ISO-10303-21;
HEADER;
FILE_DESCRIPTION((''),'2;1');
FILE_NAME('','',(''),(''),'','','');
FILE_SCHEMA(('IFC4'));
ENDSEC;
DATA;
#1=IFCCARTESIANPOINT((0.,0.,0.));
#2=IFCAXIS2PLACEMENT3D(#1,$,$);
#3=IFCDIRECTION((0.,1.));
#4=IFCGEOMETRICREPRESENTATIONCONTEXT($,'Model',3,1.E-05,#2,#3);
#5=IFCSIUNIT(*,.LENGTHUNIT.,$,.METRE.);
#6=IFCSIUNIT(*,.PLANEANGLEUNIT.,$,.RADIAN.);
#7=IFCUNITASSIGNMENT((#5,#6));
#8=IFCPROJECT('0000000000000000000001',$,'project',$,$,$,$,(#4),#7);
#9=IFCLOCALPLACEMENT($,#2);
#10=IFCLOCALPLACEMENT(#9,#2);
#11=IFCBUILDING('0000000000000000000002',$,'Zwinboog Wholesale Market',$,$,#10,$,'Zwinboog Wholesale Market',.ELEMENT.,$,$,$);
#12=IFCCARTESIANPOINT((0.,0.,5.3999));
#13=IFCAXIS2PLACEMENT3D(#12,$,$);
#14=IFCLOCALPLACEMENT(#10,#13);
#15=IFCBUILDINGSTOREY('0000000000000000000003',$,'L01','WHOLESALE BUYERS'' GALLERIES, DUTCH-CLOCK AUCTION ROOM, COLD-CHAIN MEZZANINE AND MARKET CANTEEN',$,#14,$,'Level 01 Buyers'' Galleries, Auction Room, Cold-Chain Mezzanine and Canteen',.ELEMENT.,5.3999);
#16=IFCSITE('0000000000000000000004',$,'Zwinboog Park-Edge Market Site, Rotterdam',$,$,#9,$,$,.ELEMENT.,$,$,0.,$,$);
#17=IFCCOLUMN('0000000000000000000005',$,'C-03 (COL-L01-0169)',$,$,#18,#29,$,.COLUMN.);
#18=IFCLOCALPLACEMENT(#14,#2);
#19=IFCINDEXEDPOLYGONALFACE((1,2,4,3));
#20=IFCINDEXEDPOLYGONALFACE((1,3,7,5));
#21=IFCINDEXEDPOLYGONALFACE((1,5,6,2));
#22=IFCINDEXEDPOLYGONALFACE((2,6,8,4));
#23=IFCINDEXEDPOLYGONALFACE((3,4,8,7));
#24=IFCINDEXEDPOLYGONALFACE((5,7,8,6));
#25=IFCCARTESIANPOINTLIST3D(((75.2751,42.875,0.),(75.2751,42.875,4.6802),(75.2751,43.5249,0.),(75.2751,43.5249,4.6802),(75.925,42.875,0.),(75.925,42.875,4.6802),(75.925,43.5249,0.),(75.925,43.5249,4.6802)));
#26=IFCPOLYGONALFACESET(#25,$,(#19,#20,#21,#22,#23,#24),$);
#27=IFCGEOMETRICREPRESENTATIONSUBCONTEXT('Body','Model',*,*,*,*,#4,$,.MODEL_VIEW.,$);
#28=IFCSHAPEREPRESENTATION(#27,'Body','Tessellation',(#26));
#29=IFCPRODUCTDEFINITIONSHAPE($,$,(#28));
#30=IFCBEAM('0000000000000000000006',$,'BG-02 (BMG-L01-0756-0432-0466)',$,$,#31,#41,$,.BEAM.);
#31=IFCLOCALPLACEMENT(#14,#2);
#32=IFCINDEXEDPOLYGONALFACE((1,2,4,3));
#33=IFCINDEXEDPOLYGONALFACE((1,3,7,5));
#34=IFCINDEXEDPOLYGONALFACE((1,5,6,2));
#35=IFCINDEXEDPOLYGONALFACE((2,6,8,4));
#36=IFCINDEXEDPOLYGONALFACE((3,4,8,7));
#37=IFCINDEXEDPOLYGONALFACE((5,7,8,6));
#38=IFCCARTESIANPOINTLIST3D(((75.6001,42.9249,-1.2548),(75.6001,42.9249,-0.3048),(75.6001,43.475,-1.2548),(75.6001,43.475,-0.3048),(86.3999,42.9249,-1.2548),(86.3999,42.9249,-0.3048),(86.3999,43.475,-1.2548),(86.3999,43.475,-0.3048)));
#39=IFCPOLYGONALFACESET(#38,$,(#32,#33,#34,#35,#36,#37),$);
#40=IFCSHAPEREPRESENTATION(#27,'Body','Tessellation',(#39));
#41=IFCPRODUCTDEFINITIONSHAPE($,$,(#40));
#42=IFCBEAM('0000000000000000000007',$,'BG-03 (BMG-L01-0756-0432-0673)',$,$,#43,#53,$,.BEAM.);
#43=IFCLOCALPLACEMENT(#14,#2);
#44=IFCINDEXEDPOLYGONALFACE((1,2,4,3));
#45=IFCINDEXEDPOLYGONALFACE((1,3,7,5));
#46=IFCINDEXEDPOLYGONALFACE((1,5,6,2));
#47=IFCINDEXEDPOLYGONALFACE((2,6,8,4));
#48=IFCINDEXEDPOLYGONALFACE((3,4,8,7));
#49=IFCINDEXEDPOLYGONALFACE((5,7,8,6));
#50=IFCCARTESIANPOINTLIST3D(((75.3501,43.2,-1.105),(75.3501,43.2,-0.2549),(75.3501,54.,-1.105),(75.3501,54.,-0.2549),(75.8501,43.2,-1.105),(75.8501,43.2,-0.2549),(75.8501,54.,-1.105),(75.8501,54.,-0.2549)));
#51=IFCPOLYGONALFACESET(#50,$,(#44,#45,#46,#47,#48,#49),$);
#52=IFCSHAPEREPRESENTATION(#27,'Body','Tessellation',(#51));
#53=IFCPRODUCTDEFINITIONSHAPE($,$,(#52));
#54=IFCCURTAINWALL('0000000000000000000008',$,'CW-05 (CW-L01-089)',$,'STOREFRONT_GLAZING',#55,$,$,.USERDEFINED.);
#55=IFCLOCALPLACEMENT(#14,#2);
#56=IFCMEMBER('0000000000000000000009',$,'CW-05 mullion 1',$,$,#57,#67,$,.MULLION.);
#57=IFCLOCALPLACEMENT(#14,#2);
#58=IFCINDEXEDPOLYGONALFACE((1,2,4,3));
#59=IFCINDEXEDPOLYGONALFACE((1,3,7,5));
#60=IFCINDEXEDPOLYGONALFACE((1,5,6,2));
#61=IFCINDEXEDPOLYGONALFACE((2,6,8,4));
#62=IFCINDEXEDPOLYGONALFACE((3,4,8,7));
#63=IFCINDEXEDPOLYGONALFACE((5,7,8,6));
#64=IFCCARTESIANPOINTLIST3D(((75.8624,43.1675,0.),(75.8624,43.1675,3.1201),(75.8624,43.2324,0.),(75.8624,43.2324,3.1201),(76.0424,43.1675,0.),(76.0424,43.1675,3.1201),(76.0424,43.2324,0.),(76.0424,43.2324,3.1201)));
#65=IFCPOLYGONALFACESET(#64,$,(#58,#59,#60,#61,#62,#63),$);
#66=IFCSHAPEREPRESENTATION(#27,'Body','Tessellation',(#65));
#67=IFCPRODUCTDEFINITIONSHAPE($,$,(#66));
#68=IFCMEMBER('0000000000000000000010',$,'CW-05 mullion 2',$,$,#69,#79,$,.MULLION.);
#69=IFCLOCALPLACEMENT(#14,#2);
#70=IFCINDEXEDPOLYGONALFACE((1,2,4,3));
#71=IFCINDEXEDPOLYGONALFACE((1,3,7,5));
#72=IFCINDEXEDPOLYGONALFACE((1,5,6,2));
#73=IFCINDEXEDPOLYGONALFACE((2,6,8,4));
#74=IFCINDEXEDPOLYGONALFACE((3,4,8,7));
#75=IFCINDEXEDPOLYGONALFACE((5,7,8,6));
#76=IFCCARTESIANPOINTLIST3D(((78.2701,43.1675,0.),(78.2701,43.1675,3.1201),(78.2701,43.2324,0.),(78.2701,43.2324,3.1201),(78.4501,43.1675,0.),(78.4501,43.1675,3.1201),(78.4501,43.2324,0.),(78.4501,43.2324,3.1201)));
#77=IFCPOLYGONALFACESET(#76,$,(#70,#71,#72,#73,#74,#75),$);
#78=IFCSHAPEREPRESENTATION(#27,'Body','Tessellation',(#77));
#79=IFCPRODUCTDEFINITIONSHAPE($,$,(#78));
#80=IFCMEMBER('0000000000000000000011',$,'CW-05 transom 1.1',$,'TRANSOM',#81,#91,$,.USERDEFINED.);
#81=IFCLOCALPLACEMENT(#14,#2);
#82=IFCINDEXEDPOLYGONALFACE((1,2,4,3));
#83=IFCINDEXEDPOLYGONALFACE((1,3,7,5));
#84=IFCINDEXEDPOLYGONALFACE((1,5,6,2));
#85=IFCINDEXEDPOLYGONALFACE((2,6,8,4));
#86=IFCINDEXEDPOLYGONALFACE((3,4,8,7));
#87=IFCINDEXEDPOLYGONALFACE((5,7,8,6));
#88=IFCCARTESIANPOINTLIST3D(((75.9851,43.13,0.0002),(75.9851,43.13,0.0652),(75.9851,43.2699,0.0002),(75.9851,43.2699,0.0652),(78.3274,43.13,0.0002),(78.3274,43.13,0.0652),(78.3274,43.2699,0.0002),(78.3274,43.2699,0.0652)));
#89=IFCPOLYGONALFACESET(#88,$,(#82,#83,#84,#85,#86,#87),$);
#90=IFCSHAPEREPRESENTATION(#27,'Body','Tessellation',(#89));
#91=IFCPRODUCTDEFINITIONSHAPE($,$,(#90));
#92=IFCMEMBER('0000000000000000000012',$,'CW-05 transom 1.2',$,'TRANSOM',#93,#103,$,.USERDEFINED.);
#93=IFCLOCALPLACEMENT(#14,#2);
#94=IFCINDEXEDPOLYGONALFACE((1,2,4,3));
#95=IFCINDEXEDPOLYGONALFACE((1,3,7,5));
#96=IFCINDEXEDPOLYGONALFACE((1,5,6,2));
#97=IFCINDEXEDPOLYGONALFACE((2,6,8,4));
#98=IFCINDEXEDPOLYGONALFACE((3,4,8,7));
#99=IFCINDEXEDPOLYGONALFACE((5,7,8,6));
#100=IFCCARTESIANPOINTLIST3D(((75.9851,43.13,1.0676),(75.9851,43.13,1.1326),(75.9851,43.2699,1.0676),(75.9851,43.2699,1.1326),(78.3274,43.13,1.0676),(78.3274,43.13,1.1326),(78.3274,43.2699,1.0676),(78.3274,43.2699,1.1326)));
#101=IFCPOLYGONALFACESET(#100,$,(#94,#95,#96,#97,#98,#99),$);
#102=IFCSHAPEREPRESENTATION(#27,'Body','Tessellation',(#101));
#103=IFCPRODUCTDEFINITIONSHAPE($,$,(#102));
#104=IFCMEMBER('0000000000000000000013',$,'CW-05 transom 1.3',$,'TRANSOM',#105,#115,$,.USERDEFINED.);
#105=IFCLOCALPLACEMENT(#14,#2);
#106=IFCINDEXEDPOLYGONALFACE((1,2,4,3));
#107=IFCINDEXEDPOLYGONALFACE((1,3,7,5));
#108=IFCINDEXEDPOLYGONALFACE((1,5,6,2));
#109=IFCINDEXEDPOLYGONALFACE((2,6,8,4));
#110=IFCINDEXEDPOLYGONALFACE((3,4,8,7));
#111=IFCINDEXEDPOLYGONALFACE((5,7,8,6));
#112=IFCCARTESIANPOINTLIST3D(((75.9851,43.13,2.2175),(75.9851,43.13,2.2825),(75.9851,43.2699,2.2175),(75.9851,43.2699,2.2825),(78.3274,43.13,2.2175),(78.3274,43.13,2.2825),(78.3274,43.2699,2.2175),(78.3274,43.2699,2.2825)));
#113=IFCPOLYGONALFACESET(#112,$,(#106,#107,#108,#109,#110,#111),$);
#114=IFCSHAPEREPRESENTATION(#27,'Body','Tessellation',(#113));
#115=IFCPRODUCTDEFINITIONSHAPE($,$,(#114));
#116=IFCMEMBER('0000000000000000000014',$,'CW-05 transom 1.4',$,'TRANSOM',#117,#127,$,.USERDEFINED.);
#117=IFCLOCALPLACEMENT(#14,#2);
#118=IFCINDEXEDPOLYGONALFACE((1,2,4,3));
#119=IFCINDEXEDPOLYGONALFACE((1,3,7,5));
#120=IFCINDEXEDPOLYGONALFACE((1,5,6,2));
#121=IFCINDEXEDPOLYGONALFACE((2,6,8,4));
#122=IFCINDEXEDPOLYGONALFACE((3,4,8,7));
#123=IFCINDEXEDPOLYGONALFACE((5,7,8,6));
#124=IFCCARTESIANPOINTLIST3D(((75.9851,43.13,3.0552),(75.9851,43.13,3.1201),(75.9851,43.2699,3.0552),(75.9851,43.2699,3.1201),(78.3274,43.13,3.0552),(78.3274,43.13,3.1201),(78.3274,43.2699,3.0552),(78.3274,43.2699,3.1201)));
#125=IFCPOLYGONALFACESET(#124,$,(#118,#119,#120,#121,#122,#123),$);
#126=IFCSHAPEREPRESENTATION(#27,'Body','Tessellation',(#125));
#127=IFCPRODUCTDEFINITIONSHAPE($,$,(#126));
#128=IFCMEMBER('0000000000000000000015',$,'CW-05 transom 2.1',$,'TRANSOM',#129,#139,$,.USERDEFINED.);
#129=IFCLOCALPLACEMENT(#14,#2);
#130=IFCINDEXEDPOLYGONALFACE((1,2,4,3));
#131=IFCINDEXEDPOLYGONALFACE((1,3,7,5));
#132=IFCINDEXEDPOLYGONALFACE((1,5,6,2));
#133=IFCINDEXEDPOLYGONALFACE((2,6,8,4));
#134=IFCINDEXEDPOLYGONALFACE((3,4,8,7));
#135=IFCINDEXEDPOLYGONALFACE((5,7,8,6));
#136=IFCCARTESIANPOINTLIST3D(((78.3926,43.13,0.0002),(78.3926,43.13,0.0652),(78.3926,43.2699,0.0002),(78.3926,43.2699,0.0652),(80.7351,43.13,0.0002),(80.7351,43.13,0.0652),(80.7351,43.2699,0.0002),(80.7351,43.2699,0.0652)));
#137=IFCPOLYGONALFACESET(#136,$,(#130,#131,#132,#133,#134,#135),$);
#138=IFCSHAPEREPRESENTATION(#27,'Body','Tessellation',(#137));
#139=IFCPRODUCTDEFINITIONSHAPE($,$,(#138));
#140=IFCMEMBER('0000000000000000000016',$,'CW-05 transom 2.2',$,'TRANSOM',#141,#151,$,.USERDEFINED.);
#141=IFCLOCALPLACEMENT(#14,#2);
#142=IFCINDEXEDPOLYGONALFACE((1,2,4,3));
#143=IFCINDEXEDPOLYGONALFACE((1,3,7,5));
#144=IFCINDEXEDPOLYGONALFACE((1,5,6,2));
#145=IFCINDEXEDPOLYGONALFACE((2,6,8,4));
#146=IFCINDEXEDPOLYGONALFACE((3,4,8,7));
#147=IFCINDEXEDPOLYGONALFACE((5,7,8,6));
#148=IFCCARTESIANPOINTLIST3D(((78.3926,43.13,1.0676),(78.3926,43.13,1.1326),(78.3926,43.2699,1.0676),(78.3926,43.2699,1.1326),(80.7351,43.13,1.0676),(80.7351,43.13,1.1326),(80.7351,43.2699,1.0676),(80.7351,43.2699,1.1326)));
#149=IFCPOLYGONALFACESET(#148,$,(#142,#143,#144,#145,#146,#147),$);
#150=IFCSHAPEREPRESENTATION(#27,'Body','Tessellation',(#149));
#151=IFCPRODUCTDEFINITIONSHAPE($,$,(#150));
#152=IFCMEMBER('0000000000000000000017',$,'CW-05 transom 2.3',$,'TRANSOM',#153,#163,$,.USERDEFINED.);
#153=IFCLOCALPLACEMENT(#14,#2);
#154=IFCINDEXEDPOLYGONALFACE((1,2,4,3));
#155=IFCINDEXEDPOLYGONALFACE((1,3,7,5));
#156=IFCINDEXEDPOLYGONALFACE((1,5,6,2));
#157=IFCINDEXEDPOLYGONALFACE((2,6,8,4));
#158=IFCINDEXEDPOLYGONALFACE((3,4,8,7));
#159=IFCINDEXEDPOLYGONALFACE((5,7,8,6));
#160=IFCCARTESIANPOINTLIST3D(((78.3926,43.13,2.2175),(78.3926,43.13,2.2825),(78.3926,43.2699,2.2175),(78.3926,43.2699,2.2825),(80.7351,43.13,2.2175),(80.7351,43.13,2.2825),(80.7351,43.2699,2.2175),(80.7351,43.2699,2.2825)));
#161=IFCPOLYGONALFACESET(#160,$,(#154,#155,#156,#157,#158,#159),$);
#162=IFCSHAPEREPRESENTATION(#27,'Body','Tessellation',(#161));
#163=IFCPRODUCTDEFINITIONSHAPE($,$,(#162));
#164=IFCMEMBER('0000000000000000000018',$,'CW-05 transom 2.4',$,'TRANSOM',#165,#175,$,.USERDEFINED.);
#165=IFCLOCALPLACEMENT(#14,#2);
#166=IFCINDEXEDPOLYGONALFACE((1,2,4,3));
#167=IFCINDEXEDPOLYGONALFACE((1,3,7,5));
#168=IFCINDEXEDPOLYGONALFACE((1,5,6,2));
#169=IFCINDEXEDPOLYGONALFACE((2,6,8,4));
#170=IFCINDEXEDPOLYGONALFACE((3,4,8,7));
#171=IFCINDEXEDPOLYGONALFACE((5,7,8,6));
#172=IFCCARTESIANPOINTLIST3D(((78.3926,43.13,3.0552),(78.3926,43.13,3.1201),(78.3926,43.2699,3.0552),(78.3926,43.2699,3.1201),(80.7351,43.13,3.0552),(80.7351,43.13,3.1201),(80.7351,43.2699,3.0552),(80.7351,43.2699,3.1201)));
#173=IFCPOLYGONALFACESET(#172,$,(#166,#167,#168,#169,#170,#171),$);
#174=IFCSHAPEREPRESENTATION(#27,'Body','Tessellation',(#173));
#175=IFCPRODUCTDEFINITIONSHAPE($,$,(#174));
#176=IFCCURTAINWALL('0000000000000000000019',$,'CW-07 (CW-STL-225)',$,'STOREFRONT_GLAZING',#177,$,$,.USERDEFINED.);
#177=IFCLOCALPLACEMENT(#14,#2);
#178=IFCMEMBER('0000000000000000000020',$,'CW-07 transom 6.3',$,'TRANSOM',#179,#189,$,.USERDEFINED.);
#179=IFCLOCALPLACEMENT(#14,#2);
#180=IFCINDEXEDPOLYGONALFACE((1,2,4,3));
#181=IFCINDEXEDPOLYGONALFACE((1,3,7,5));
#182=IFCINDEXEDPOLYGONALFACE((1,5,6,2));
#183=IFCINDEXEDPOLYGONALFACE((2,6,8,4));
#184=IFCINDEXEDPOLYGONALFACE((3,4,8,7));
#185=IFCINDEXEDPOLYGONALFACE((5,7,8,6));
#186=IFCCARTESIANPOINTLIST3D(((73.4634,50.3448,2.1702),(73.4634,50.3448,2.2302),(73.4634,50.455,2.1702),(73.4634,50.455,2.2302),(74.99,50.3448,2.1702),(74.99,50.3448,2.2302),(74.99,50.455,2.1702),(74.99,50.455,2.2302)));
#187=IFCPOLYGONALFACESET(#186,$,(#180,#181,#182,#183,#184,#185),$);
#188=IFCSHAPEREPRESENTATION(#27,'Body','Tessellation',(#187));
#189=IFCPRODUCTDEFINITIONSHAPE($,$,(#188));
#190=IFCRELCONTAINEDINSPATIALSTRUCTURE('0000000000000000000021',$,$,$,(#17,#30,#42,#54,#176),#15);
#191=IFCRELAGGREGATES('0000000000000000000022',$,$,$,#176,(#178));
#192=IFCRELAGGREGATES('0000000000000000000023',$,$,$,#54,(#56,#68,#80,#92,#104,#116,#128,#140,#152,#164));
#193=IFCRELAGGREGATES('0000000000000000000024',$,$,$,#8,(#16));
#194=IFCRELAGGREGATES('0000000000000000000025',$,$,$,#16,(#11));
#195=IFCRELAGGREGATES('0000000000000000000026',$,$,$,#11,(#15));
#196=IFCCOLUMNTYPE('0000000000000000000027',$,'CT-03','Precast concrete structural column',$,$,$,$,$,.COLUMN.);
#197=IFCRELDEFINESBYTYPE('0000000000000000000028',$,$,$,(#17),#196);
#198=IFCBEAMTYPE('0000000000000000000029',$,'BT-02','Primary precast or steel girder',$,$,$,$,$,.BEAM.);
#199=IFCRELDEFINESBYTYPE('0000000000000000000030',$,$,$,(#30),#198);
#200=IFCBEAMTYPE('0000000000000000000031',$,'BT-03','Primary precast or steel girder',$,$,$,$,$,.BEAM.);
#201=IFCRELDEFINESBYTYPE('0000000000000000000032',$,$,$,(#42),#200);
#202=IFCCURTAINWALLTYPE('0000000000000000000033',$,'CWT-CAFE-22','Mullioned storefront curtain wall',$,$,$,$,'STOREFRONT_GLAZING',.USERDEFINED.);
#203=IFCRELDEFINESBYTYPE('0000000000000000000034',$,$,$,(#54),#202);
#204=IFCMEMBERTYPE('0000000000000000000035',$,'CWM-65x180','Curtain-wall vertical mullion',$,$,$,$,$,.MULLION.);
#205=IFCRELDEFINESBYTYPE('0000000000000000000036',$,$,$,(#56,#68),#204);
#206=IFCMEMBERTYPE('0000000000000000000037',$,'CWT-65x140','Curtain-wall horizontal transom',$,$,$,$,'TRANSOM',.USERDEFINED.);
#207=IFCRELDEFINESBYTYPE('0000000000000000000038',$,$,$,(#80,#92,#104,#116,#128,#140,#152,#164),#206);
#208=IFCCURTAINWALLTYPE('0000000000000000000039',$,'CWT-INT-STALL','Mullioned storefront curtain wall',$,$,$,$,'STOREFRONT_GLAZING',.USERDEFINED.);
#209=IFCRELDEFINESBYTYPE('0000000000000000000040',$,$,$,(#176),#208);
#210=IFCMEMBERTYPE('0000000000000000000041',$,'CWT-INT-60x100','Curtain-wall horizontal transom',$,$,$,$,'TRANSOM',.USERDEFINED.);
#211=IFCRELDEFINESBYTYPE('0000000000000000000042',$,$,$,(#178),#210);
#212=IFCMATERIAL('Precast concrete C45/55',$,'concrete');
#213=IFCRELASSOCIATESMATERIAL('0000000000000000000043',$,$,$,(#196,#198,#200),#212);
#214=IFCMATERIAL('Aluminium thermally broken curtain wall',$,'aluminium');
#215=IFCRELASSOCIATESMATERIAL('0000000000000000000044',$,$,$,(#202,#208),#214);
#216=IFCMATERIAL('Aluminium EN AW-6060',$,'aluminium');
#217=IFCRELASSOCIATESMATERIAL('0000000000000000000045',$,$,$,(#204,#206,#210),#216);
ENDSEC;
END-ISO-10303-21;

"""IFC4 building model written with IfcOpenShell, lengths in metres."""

from ifc_helpers import new_model, si_unit, direction, frame, origin, origin_2d, place, context, subcontext, project, spatial, rectangle, extrude, material, material_profile, profile_set, type_object, element, aggregate, save


model = new_model("IFC4")

# Units and contexts
model_context = context("Model", 3, precision=1e-05, world=origin(), true_north=direction((0.0, 1.0)))
body_context = subcontext(model_context, "Body", "Model", "MODEL_VIEW")
ifc_project = project(units=[si_unit("LENGTHUNIT", "METRE"), si_unit("PLANEANGLEUNIT", "RADIAN")], contexts=[model_context])

# Site, building, storey
site_placement = place(None, origin())
site = spatial("IfcSite", under=ifc_project, at=site_placement, Name="Zwinboog Park-Edge Market Site, Rotterdam", CompositionType="ELEMENT", RefElevation=0.0)
building_placement = place(site_placement, origin())
building = spatial("IfcBuilding", under=site, at=building_placement, Name="Zwinboog Wholesale Market", LongName="Zwinboog Wholesale Market", CompositionType="ELEMENT")
storey_placement = place(building_placement, frame((0.0, 0.0, 5.3999)))
storey = spatial("IfcBuildingStorey", under=building, at=storey_placement, Name="L01", Description="WHOLESALE BUYERS' GALLERIES, DUTCH-CLOCK AUCTION ROOM, COLD-CHAIN MEZZANINE AND MARKET CANTEEN", LongName="Level 01 Buyers' Galleries, Auction Room, Cold-Chain Mezzanine and Canteen", CompositionType="ELEMENT", Elevation=5.3999)

# Column
ifc_material_1 = material(Name="Precast concrete C45/55", Category="concrete")
ifc_material_profile_1 = material_profile(ifc_material_1, rectangle(XDim=0.6499, YDim=0.6499, at=origin_2d()), Name="PC 650x650")
ifc_profile_set_1 = profile_set([ifc_material_profile_1], Name="Precast concrete C45/55")
column_type = type_object("IfcColumnType", Name="CT-03", Description="Precast concrete structural column", PredefinedType="COLUMN", material=ifc_profile_set_1)
column_placement = place(storey_placement, frame((75.6001, 43.2, 0.0), z_axis=(0.0, 0.0, 1.0), x_axis=(1.0, 0.0, 0.0)))
element("IfcColumn", 1, at=column_placement, inside=storey, type_object=column_type, Name="C-03 (COL-L01-0169)", PredefinedType="COLUMN", context=body_context, shape_type="SweptSolid", body=[
    extrude(rectangle(XDim=0.6499, YDim=0.6499, at=origin_2d()), origin(), (0.0, 0.0, 1.0), 4.6802),
])

# Beams
ifc_material_profile_2 = material_profile(ifc_material_1, rectangle(XDim=0.55, YDim=0.95, at=origin_2d()), Name="PC 550x950")
ifc_profile_set_2 = profile_set([ifc_material_profile_2], Name="Precast concrete C45/55")
beam_type_1 = type_object("IfcBeamType", Name="BT-02", Description="Primary precast or steel girder", PredefinedType="BEAM", material=ifc_profile_set_2)
beam_1_placement = place(storey_placement, frame((75.6001, 43.2, -0.7798), z_axis=(1.0, 0.0, 0.0), x_axis=(0.0, 1.0, 0.0)))
element("IfcBeam", 2, at=beam_1_placement, inside=storey, type_object=beam_type_1, Name="BG-02 (BMG-L01-0756-0432-0466)", PredefinedType="BEAM", context=body_context, shape_type="SweptSolid", body=[
    extrude(rectangle(XDim=0.55, YDim=0.95, at=origin_2d()), origin(), (0.0, 0.0, 1.0), 10.7998),
])
ifc_material_profile_3 = material_profile(ifc_material_1, rectangle(XDim=0.5, YDim=0.8501, at=origin_2d()), Name="PC 500x850")
ifc_profile_set_3 = profile_set([ifc_material_profile_3], Name="Precast concrete C45/55")
beam_type_2 = type_object("IfcBeamType", Name="BT-03", Description="Primary precast or steel girder", PredefinedType="BEAM", material=ifc_profile_set_3)
beam_2_placement = place(storey_placement, frame((75.6001, 43.2, -0.6799), z_axis=(0.0, 1.0, 0.0), x_axis=(-1.0, 0.0, 0.0)))
element("IfcBeam", 3, at=beam_2_placement, inside=storey, type_object=beam_type_2, Name="BG-03 (BMG-L01-0756-0432-0673)", PredefinedType="BEAM", context=body_context, shape_type="SweptSolid", body=[
    extrude(rectangle(XDim=0.5, YDim=0.8501, at=origin_2d()), origin(), (0.0, 0.0, 1.0), 10.8),
])

# Curtain wall, members
ifc_material_2 = material(Name="Aluminium thermally broken curtain wall", Category="aluminium")
curtain_wall_type_1 = type_object("IfcCurtainWallType", Name="CWT-CAFE-22", Description="Mullioned storefront curtain wall", ElementType="STOREFRONT_GLAZING", PredefinedType="USERDEFINED", material=ifc_material_2)
curtain_wall_1_placement = place(storey_placement, origin())
curtain_wall_1 = element("IfcCurtainWall", 4, at=curtain_wall_1_placement, inside=storey, type_object=curtain_wall_type_1, Name="CW-05 (CW-L01-089)", ObjectType="STOREFRONT_GLAZING", PredefinedType="USERDEFINED")
ifc_material_3 = material(Name="Aluminium EN AW-6060", Category="aluminium")
ifc_material_profile_4 = material_profile(ifc_material_3, rectangle(XDim=0.0649, YDim=0.1799, at=origin_2d()), Name="AL 65x180")
ifc_profile_set_4 = profile_set([ifc_material_profile_4], Name="Aluminium EN AW-6060")
member_type_1 = type_object("IfcMemberType", Name="CWM-65x180", Description="Curtain-wall vertical mullion", PredefinedType="MULLION", material=ifc_profile_set_4)
member_1_placement = place(storey_placement, frame((75.9524, 43.2, 0.0), z_axis=(0.0, 0.0, 1.0), x_axis=(0.0, 1.0, 0.0)))
member_1 = element("IfcMember", 5, at=member_1_placement, type_object=member_type_1, Name="CW-05 mullion 1", PredefinedType="MULLION", context=body_context, shape_type="SweptSolid", body=[
    extrude(rectangle(XDim=0.0649, YDim=0.1799, at=origin_2d()), origin(), (0.0, 0.0, 1.0), 3.1201),
])
member_2_placement = place(storey_placement, frame((78.3601, 43.2, 0.0), z_axis=(0.0, 0.0, 1.0), x_axis=(0.0, 1.0, 0.0)))
member_2 = element("IfcMember", 6, at=member_2_placement, type_object=member_type_1, Name="CW-05 mullion 2", PredefinedType="MULLION", context=body_context, shape_type="SweptSolid", body=[
    extrude(rectangle(XDim=0.0649, YDim=0.1799, at=origin_2d()), origin(), (0.0, 0.0, 1.0), 3.1201),
])
ifc_material_profile_5 = material_profile(ifc_material_3, rectangle(XDim=0.1399, YDim=0.0649, at=origin_2d()), Name="AL 65x140")
ifc_profile_set_5 = profile_set([ifc_material_profile_5], Name="Aluminium EN AW-6060")
member_type_2 = type_object("IfcMemberType", Name="CWT-65x140", Description="Curtain-wall horizontal transom", ElementType="TRANSOM", PredefinedType="USERDEFINED", material=ifc_profile_set_5)
member_3_placement = place(storey_placement, frame((75.9851, 43.2, 0.0327), z_axis=(1.0, 0.0, 0.0), x_axis=(0.0, 1.0, 0.0)))
member_3 = element("IfcMember", 7, at=member_3_placement, type_object=member_type_2, Name="CW-05 transom 1.1", ObjectType="TRANSOM", PredefinedType="USERDEFINED", context=body_context, shape_type="SweptSolid", body=[
    extrude(rectangle(XDim=0.1399, YDim=0.0649, at=origin_2d()), origin(), (0.0, 0.0, 1.0), 2.3423),
])
member_4_placement = place(storey_placement, frame((75.9851, 43.2, 1.1001), z_axis=(1.0, 0.0, 0.0), x_axis=(0.0, 1.0, 0.0)))
member_4 = element("IfcMember", 8, at=member_4_placement, type_object=member_type_2, Name="CW-05 transom 1.2", ObjectType="TRANSOM", PredefinedType="USERDEFINED", context=body_context, shape_type="SweptSolid", body=[
    extrude(rectangle(XDim=0.1399, YDim=0.0649, at=origin_2d()), origin(), (0.0, 0.0, 1.0), 2.3423),
])
member_5_placement = place(storey_placement, frame((75.9851, 43.2, 2.25), z_axis=(1.0, 0.0, 0.0), x_axis=(0.0, 1.0, 0.0)))
member_5 = element("IfcMember", 9, at=member_5_placement, type_object=member_type_2, Name="CW-05 transom 1.3", ObjectType="TRANSOM", PredefinedType="USERDEFINED", context=body_context, shape_type="SweptSolid", body=[
    extrude(rectangle(XDim=0.1399, YDim=0.0649, at=origin_2d()), origin(), (0.0, 0.0, 1.0), 2.3423),
])
member_6_placement = place(storey_placement, frame((75.9851, 43.2, 3.0876), z_axis=(1.0, 0.0, 0.0), x_axis=(0.0, 1.0, 0.0)))
member_6 = element("IfcMember", 10, at=member_6_placement, type_object=member_type_2, Name="CW-05 transom 1.4", ObjectType="TRANSOM", PredefinedType="USERDEFINED", context=body_context, shape_type="SweptSolid", body=[
    extrude(rectangle(XDim=0.1399, YDim=0.0649, at=origin_2d()), origin(), (0.0, 0.0, 1.0), 2.3423),
])
member_7_placement = place(storey_placement, frame((78.3926, 43.2, 0.0327), z_axis=(1.0, 0.0, 0.0), x_axis=(0.0, 1.0, 0.0)))
member_7 = element("IfcMember", 11, at=member_7_placement, type_object=member_type_2, Name="CW-05 transom 2.1", ObjectType="TRANSOM", PredefinedType="USERDEFINED", context=body_context, shape_type="SweptSolid", body=[
    extrude(rectangle(XDim=0.1399, YDim=0.0649, at=origin_2d()), origin(), (0.0, 0.0, 1.0), 2.3425),
])
member_8_placement = place(storey_placement, frame((78.3926, 43.2, 1.1001), z_axis=(1.0, 0.0, 0.0), x_axis=(0.0, 1.0, 0.0)))
member_8 = element("IfcMember", 12, at=member_8_placement, type_object=member_type_2, Name="CW-05 transom 2.2", ObjectType="TRANSOM", PredefinedType="USERDEFINED", context=body_context, shape_type="SweptSolid", body=[
    extrude(rectangle(XDim=0.1399, YDim=0.0649, at=origin_2d()), origin(), (0.0, 0.0, 1.0), 2.3425),
])
member_9_placement = place(storey_placement, frame((78.3926, 43.2, 2.25), z_axis=(1.0, 0.0, 0.0), x_axis=(0.0, 1.0, 0.0)))
member_9 = element("IfcMember", 13, at=member_9_placement, type_object=member_type_2, Name="CW-05 transom 2.3", ObjectType="TRANSOM", PredefinedType="USERDEFINED", context=body_context, shape_type="SweptSolid", body=[
    extrude(rectangle(XDim=0.1399, YDim=0.0649, at=origin_2d()), origin(), (0.0, 0.0, 1.0), 2.3425),
])
member_10_placement = place(storey_placement, frame((78.3926, 43.2, 3.0876), z_axis=(1.0, 0.0, 0.0), x_axis=(0.0, 1.0, 0.0)))
member_10 = element("IfcMember", 14, at=member_10_placement, type_object=member_type_2, Name="CW-05 transom 2.4", ObjectType="TRANSOM", PredefinedType="USERDEFINED", context=body_context, shape_type="SweptSolid", body=[
    extrude(rectangle(XDim=0.1399, YDim=0.0649, at=origin_2d()), origin(), (0.0, 0.0, 1.0), 2.3425),
])

# Curtain wall, member
curtain_wall_type_2 = type_object("IfcCurtainWallType", Name="CWT-INT-STALL", Description="Mullioned storefront curtain wall", ElementType="STOREFRONT_GLAZING", PredefinedType="USERDEFINED", material=ifc_material_2)
curtain_wall_2_placement = place(storey_placement, origin())
curtain_wall_2 = element("IfcCurtainWall", 15, at=curtain_wall_2_placement, inside=storey, type_object=curtain_wall_type_2, Name="CW-07 (CW-STL-225)", ObjectType="STOREFRONT_GLAZING", PredefinedType="USERDEFINED")
ifc_material_profile_6 = material_profile(ifc_material_3, rectangle(XDim=0.1101, YDim=0.0601, at=origin_2d()), Name="AL 60x110")
ifc_profile_set_6 = profile_set([ifc_material_profile_6], Name="Aluminium EN AW-6060")
member_type_3 = type_object("IfcMemberType", Name="CWT-INT-60x100", Description="Curtain-wall horizontal transom", ElementType="TRANSOM", PredefinedType="USERDEFINED", material=ifc_profile_set_6)
member_11_placement = place(storey_placement, frame((73.4634, 50.3999, 2.2002), z_axis=(1.0, 0.0, 0.0), x_axis=(0.0, 1.0, 0.0)))
member_11 = element("IfcMember", 16, at=member_11_placement, type_object=member_type_3, Name="CW-07 transom 6.3", ObjectType="TRANSOM", PredefinedType="USERDEFINED", context=body_context, shape_type="SweptSolid", body=[
    extrude(rectangle(XDim=0.1101, YDim=0.0601, at=origin_2d()), origin(), (0.0, 0.0, 1.0), 1.5266),
])
aggregate(curtain_wall_2, [member_11])

aggregate(curtain_wall_1, [member_1, member_2, member_3, member_4, member_5, member_6, member_7, member_8, member_9, member_10])

save(model, "model.ifc")
